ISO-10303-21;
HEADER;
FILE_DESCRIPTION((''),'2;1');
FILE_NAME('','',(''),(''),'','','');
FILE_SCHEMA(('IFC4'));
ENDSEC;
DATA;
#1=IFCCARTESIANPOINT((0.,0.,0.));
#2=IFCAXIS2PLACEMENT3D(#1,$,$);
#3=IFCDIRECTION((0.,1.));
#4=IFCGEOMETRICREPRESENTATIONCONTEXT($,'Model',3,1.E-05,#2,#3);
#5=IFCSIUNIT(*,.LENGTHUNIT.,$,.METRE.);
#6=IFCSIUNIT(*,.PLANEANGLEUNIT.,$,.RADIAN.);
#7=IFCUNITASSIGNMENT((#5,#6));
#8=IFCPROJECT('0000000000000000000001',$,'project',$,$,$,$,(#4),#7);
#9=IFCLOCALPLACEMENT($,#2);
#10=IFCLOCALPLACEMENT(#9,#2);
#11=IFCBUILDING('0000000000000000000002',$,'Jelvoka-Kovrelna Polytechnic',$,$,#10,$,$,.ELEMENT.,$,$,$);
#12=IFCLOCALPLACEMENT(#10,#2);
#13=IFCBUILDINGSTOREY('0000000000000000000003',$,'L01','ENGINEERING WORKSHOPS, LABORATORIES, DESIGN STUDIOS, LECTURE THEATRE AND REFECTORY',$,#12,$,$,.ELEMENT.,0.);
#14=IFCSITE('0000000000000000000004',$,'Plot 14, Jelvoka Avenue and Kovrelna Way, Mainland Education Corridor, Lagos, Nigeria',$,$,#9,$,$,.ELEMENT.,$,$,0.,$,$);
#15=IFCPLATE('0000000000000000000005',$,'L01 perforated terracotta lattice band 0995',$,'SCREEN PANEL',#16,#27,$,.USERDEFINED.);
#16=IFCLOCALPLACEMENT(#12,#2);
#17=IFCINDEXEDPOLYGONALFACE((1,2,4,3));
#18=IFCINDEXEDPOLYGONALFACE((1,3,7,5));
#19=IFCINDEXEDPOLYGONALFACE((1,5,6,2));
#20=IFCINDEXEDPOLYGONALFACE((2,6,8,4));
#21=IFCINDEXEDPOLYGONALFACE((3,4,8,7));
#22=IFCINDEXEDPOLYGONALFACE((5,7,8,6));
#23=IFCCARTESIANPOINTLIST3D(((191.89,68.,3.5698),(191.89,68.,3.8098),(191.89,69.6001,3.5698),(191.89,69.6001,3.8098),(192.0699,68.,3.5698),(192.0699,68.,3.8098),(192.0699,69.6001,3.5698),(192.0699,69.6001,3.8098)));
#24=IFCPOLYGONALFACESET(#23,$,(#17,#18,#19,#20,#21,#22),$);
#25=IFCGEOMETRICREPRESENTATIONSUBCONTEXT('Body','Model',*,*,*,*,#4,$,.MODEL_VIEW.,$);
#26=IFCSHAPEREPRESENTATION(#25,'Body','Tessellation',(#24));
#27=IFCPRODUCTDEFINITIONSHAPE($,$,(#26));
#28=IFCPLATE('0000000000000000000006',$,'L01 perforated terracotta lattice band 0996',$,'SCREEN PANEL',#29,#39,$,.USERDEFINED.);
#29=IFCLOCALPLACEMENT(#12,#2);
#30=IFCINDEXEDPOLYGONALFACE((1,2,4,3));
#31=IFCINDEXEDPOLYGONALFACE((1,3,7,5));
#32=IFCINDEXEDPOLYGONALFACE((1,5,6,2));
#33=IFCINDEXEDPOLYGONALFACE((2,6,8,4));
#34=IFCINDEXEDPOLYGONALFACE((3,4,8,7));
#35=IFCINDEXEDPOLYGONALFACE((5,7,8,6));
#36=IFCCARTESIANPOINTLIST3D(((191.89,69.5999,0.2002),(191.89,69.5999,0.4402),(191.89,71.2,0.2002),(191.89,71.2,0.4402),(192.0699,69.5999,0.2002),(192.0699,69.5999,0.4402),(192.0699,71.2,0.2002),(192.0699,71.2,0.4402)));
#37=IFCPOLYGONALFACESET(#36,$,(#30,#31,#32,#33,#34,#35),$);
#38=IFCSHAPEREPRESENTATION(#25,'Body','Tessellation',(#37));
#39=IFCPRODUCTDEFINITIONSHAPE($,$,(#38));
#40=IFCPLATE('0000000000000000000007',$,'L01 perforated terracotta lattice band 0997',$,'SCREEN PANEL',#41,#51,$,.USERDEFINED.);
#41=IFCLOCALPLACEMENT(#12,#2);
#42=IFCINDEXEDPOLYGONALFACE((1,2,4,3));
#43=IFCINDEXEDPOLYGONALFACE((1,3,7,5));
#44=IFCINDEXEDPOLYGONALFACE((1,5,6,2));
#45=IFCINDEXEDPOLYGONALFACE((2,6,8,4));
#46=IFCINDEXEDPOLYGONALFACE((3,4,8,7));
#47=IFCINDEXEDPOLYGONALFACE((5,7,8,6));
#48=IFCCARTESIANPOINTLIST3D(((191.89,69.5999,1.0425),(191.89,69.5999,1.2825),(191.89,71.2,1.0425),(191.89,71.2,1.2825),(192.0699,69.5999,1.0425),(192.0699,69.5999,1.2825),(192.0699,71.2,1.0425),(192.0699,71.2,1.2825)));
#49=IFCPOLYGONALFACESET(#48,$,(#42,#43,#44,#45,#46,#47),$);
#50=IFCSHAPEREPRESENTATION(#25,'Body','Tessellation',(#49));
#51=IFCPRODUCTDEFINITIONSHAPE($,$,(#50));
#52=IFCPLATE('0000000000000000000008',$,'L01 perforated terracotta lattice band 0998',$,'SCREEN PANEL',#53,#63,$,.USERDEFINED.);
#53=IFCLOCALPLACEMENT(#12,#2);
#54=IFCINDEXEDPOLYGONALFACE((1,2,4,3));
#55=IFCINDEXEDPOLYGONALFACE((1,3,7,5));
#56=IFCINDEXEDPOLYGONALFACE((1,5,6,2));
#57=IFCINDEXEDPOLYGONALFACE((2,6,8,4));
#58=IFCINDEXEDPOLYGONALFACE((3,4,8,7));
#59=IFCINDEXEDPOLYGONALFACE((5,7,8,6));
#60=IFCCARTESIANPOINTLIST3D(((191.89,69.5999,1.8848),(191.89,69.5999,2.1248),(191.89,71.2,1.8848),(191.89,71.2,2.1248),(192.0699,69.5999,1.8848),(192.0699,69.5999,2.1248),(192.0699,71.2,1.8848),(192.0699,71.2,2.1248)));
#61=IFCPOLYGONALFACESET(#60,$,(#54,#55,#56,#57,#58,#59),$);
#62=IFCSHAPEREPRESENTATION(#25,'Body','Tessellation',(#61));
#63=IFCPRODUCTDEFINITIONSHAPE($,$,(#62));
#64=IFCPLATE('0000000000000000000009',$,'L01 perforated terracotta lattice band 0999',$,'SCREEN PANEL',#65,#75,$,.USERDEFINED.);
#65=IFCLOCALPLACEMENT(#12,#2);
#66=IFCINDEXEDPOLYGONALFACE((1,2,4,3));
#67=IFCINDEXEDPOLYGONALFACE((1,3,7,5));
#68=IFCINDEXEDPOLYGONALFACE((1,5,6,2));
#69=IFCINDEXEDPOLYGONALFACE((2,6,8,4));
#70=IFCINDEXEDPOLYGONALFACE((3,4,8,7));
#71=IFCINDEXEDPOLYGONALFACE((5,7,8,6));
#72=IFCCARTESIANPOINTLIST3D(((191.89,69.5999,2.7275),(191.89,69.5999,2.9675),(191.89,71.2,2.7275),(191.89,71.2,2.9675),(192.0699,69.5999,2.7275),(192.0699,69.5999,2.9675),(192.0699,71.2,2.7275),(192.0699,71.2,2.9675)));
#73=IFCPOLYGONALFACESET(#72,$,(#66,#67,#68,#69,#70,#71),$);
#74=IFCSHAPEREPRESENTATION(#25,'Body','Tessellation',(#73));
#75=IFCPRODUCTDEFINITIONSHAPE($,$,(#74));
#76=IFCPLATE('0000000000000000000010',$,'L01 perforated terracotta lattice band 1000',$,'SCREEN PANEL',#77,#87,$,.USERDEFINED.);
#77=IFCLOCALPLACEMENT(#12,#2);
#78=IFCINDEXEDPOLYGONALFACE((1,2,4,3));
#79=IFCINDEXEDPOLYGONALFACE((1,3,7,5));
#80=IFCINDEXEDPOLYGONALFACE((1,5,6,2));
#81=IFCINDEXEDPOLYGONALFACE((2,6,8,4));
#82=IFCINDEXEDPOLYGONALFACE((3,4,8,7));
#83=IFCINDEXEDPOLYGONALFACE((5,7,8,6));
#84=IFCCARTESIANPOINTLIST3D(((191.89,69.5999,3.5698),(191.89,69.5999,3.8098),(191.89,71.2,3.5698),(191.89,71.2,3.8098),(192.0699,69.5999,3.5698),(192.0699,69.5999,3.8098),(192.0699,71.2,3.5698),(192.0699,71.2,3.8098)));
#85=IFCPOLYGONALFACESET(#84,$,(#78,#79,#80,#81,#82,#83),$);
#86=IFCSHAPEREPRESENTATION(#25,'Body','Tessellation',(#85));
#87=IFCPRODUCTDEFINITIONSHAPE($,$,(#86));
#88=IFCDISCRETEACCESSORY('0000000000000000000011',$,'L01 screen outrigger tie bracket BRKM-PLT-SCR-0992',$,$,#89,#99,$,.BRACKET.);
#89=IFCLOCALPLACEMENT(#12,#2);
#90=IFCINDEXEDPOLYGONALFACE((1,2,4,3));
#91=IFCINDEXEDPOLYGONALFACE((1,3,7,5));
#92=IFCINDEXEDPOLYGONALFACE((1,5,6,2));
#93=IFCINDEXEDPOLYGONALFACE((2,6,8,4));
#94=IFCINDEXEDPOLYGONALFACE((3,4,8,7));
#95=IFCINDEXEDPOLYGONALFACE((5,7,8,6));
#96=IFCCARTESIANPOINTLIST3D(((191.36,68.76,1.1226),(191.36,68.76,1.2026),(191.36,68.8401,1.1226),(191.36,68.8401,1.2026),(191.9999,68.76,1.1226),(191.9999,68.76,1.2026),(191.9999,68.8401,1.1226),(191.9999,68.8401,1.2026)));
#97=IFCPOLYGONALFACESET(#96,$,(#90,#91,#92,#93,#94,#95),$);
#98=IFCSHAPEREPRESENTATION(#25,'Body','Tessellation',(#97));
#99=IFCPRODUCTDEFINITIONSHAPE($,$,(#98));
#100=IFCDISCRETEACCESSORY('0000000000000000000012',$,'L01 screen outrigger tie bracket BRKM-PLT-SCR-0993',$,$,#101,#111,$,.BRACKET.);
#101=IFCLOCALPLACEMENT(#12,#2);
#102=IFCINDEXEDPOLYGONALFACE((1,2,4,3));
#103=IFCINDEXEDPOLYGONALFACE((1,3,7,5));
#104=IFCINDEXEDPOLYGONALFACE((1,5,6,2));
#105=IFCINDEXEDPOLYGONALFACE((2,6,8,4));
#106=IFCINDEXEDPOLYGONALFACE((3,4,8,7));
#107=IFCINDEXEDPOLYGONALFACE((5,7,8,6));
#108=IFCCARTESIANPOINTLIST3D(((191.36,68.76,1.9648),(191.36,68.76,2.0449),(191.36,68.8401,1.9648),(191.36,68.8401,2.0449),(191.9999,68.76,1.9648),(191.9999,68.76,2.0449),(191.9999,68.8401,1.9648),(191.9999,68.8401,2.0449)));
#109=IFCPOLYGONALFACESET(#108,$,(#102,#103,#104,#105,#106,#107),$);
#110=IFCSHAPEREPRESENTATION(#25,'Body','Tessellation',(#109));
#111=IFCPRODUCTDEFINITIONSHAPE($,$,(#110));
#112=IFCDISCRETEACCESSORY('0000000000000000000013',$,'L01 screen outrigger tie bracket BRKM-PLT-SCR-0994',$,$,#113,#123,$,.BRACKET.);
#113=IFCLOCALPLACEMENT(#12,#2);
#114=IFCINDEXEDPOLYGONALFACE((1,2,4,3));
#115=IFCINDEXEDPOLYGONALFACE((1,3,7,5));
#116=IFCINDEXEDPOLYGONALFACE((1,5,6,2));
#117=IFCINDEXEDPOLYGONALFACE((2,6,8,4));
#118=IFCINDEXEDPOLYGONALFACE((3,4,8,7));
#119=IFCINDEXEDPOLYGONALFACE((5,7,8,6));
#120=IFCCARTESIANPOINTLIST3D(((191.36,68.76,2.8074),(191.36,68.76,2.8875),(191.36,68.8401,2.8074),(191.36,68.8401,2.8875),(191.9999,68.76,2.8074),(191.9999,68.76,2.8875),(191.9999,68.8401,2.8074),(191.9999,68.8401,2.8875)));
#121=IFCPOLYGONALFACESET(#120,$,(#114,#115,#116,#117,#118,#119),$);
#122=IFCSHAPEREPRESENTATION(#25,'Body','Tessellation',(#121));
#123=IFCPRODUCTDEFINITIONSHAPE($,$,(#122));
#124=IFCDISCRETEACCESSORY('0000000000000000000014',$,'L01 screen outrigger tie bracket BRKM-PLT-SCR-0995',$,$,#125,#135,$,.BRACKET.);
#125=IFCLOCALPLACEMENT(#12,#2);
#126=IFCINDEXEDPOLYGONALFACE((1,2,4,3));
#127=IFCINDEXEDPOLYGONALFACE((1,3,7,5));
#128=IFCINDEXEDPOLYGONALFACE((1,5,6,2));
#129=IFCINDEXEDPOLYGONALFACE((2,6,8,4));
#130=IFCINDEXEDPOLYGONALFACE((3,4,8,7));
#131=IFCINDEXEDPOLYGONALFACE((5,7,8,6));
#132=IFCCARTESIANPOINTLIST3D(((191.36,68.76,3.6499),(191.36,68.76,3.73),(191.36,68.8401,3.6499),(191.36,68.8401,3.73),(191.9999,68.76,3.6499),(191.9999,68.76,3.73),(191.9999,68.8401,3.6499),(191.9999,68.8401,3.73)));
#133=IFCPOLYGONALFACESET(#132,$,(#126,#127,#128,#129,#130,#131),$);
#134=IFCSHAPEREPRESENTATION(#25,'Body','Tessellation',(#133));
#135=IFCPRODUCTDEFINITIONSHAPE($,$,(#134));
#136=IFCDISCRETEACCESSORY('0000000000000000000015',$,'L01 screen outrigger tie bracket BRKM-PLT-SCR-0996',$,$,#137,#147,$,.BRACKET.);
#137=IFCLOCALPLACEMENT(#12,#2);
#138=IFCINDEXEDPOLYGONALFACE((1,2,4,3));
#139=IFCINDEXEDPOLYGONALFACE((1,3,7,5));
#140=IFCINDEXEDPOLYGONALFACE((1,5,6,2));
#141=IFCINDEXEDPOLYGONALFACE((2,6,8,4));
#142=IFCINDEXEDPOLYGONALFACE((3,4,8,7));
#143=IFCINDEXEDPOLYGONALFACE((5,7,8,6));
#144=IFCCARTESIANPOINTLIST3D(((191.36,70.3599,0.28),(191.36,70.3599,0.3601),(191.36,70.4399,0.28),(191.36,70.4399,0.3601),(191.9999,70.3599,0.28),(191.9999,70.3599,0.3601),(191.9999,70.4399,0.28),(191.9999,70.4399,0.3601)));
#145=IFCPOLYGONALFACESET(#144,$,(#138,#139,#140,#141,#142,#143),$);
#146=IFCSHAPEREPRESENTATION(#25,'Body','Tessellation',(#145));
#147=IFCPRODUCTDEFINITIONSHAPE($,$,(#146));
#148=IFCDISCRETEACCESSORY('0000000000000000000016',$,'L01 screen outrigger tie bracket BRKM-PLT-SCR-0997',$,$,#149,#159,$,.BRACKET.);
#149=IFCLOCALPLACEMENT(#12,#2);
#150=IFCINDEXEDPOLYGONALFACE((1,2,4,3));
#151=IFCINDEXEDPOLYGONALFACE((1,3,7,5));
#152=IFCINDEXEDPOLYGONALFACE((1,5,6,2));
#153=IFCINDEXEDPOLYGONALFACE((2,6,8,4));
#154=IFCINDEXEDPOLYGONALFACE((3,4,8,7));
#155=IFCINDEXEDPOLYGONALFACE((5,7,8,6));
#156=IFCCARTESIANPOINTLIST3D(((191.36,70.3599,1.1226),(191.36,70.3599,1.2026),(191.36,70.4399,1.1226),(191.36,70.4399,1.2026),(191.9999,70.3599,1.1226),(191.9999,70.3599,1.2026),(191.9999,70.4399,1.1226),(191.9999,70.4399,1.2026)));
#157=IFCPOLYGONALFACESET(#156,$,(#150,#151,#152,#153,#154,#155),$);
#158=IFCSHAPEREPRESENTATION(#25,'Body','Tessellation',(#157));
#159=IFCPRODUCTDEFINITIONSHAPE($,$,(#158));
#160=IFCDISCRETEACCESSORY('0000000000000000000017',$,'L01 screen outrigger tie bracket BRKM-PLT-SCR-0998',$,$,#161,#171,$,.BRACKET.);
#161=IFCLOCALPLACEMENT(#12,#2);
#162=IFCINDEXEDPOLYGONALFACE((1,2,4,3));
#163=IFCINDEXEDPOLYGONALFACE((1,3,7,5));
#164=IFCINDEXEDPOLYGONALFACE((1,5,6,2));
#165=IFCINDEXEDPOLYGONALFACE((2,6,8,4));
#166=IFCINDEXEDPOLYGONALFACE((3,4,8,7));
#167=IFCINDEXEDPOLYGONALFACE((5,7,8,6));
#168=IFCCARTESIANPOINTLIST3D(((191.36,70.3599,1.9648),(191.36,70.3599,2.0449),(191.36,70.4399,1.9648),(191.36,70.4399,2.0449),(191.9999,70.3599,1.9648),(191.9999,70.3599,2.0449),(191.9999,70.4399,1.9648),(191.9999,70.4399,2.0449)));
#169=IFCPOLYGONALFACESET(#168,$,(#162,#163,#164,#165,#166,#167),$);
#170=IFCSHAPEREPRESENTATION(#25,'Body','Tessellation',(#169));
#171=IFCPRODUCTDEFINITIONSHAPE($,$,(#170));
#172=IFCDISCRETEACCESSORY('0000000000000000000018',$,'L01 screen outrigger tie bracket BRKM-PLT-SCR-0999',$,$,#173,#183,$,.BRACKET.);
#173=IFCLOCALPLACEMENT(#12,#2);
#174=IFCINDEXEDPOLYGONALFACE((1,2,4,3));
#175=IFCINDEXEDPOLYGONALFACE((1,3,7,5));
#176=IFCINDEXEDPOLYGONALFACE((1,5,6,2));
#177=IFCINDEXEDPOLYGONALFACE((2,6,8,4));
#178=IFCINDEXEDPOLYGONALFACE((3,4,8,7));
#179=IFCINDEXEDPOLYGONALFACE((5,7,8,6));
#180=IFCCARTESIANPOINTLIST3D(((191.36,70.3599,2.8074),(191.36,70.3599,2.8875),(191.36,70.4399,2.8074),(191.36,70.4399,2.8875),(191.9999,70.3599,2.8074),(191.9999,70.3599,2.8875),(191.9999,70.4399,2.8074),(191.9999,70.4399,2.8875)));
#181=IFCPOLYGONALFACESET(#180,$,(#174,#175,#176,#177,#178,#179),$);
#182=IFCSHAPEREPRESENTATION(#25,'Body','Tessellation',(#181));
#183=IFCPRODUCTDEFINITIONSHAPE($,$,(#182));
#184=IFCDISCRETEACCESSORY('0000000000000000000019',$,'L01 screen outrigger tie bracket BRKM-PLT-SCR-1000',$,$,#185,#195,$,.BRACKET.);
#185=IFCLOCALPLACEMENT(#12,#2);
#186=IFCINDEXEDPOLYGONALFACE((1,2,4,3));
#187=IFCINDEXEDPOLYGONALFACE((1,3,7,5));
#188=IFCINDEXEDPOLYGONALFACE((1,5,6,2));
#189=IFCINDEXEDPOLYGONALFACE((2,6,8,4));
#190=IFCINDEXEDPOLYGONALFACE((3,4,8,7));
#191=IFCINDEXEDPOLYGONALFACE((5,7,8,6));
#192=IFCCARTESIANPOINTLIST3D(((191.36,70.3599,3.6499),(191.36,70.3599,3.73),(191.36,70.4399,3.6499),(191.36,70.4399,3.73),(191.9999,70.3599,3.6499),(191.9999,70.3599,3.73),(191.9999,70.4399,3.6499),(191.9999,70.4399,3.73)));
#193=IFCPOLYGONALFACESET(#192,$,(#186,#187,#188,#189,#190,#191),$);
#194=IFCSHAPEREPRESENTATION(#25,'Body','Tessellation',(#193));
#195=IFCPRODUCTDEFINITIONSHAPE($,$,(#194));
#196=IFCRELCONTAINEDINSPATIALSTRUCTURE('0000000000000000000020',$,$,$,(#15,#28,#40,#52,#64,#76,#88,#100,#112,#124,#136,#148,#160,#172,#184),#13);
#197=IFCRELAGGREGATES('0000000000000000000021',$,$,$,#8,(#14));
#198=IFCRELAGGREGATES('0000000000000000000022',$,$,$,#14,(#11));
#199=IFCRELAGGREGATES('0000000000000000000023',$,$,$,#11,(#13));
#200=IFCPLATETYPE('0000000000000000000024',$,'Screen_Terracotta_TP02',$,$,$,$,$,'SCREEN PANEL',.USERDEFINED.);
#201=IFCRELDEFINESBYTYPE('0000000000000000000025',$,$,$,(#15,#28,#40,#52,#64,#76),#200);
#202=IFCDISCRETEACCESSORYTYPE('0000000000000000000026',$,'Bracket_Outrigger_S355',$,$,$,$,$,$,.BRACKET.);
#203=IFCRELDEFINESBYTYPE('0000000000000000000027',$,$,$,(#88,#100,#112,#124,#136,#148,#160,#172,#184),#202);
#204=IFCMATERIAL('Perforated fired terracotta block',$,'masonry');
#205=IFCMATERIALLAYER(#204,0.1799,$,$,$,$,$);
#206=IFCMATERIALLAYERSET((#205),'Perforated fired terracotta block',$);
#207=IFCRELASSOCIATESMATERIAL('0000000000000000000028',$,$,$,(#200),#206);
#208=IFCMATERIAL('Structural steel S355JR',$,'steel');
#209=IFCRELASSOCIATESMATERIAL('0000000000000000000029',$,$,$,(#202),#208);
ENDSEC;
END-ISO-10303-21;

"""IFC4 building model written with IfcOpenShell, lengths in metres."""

from ifc_helpers import new_model, si_unit, direction, frame, origin, origin_2d, place, context, subcontext, project, spatial, rectangle, extrude, material, layer, layer_set, type_object, element, save


model = new_model("IFC4")

# Units and contexts
model_context = context("Model", 3, precision=1e-05, world=origin(), true_north=direction((0.0, 1.0)))
body_context = subcontext(model_context, "Body", "Model", "MODEL_VIEW")
ifc_project = project(units=[si_unit("LENGTHUNIT", "METRE"), si_unit("PLANEANGLEUNIT", "RADIAN")], contexts=[model_context])

# Site, building, storey
site_placement = place(None, origin())
site = spatial("IfcSite", under=ifc_project, at=site_placement, Name="Plot 14, Jelvoka Avenue and Kovrelna Way, Mainland Education Corridor, Lagos, Nigeria", CompositionType="ELEMENT", RefElevation=0.0)
building_placement = place(site_placement, origin())
building = spatial("IfcBuilding", under=site, at=building_placement, Name="Jelvoka-Kovrelna Polytechnic", CompositionType="ELEMENT")
storey_placement = place(building_placement, origin())
storey = spatial("IfcBuildingStorey", under=building, at=storey_placement, Name="L01", Description="ENGINEERING WORKSHOPS, LABORATORIES, DESIGN STUDIOS, LECTURE THEATRE AND REFECTORY", CompositionType="ELEMENT", Elevation=0.0)

# Plates
ifc_material_1 = material(Name="Perforated fired terracotta block", Category="masonry")
ifc_layer = layer(ifc_material_1, 0.1799)
ifc_layer_set = layer_set([ifc_layer], Name="Perforated fired terracotta block")
plate_type = type_object("IfcPlateType", Name="Screen_Terracotta_TP02", ElementType="SCREEN PANEL", PredefinedType="USERDEFINED", material=ifc_layer_set)
for number, where, z_axis, x_axis, name in (
    (1, (191.98, 68.8, 3.5698), (0.0, 0.0, 1.0), (0.0, 1.0, 0.0), "L01 perforated terracotta lattice band 0995"),
    (2, (191.98, 70.3999, 0.2002), (0.0, 0.0, 1.0), (0.0, 1.0, 0.0), "L01 perforated terracotta lattice band 0996"),
    (3, (191.98, 70.3999, 1.0425), (0.0, 0.0, 1.0), (0.0, 1.0, 0.0), "L01 perforated terracotta lattice band 0997"),
    (4, (191.98, 70.3999, 1.8848), (0.0, 0.0, 1.0), (0.0, 1.0, 0.0), "L01 perforated terracotta lattice band 0998"),
    (5, (191.98, 70.3999, 2.7275), (0.0, 0.0, 1.0), (0.0, 1.0, 0.0), "L01 perforated terracotta lattice band 0999"),
    (6, (191.98, 70.3999, 3.5698), (0.0, 0.0, 1.0), (0.0, 1.0, 0.0), "L01 perforated terracotta lattice band 1000"),
):
    element("IfcPlate", number, at=place(storey_placement, frame(where, z_axis=z_axis, x_axis=x_axis)), inside=storey, type_object=plate_type, Name=name, ObjectType="SCREEN PANEL", PredefinedType="USERDEFINED", context=body_context, shape_type="SweptSolid", body=[
        extrude(rectangle(XDim=1.6001, YDim=0.1799, at=origin_2d()), origin(), (0.0, 0.0, 1.0), 0.24),
    ])

# Discrete accessories
ifc_material_2 = material(Name="Structural steel S355JR", Category="steel")
discrete_accessory_type = type_object("IfcDiscreteAccessoryType", Name="Bracket_Outrigger_S355", PredefinedType="BRACKET", material=ifc_material_2)
for number, where, z_axis, x_axis, name in (
    (7, (191.6799, 68.8, 1.1226), (0.0, 0.0, 1.0), (1.0, 0.0, 0.0), "L01 screen outrigger tie bracket BRKM-PLT-SCR-0992"),
    (8, (191.6799, 68.8, 1.9648), (0.0, 0.0, 1.0), (1.0, 0.0, 0.0), "L01 screen outrigger tie bracket BRKM-PLT-SCR-0993"),
    (9, (191.6799, 68.8, 2.8074), (0.0, 0.0, 1.0), (1.0, 0.0, 0.0), "L01 screen outrigger tie bracket BRKM-PLT-SCR-0994"),
    (10, (191.6799, 68.8, 3.6499), (0.0, 0.0, 1.0), (1.0, 0.0, 0.0), "L01 screen outrigger tie bracket BRKM-PLT-SCR-0995"),
    (11, (191.6799, 70.3999, 0.28), (0.0, 0.0, 1.0), (1.0, 0.0, 0.0), "L01 screen outrigger tie bracket BRKM-PLT-SCR-0996"),
    (12, (191.6799, 70.3999, 1.1226), (0.0, 0.0, 1.0), (1.0, 0.0, 0.0), "L01 screen outrigger tie bracket BRKM-PLT-SCR-0997"),
    (13, (191.6799, 70.3999, 1.9648), (0.0, 0.0, 1.0), (1.0, 0.0, 0.0), "L01 screen outrigger tie bracket BRKM-PLT-SCR-0998"),
    (14, (191.6799, 70.3999, 2.8074), (0.0, 0.0, 1.0), (1.0, 0.0, 0.0), "L01 screen outrigger tie bracket BRKM-PLT-SCR-0999"),
    (15, (191.6799, 70.3999, 3.6499), (0.0, 0.0, 1.0), (1.0, 0.0, 0.0), "L01 screen outrigger tie bracket BRKM-PLT-SCR-1000"),
):
    element("IfcDiscreteAccessory", number, at=place(storey_placement, frame(where, z_axis=z_axis, x_axis=x_axis)), inside=storey, type_object=discrete_accessory_type, Name=name, PredefinedType="BRACKET", context=body_context, shape_type="SweptSolid", body=[
        extrude(rectangle(XDim=0.6399, YDim=0.0801, at=origin_2d()), origin(), (0.0, 0.0, 1.0), 0.0801),
    ])

save(model, "model.ifc")
